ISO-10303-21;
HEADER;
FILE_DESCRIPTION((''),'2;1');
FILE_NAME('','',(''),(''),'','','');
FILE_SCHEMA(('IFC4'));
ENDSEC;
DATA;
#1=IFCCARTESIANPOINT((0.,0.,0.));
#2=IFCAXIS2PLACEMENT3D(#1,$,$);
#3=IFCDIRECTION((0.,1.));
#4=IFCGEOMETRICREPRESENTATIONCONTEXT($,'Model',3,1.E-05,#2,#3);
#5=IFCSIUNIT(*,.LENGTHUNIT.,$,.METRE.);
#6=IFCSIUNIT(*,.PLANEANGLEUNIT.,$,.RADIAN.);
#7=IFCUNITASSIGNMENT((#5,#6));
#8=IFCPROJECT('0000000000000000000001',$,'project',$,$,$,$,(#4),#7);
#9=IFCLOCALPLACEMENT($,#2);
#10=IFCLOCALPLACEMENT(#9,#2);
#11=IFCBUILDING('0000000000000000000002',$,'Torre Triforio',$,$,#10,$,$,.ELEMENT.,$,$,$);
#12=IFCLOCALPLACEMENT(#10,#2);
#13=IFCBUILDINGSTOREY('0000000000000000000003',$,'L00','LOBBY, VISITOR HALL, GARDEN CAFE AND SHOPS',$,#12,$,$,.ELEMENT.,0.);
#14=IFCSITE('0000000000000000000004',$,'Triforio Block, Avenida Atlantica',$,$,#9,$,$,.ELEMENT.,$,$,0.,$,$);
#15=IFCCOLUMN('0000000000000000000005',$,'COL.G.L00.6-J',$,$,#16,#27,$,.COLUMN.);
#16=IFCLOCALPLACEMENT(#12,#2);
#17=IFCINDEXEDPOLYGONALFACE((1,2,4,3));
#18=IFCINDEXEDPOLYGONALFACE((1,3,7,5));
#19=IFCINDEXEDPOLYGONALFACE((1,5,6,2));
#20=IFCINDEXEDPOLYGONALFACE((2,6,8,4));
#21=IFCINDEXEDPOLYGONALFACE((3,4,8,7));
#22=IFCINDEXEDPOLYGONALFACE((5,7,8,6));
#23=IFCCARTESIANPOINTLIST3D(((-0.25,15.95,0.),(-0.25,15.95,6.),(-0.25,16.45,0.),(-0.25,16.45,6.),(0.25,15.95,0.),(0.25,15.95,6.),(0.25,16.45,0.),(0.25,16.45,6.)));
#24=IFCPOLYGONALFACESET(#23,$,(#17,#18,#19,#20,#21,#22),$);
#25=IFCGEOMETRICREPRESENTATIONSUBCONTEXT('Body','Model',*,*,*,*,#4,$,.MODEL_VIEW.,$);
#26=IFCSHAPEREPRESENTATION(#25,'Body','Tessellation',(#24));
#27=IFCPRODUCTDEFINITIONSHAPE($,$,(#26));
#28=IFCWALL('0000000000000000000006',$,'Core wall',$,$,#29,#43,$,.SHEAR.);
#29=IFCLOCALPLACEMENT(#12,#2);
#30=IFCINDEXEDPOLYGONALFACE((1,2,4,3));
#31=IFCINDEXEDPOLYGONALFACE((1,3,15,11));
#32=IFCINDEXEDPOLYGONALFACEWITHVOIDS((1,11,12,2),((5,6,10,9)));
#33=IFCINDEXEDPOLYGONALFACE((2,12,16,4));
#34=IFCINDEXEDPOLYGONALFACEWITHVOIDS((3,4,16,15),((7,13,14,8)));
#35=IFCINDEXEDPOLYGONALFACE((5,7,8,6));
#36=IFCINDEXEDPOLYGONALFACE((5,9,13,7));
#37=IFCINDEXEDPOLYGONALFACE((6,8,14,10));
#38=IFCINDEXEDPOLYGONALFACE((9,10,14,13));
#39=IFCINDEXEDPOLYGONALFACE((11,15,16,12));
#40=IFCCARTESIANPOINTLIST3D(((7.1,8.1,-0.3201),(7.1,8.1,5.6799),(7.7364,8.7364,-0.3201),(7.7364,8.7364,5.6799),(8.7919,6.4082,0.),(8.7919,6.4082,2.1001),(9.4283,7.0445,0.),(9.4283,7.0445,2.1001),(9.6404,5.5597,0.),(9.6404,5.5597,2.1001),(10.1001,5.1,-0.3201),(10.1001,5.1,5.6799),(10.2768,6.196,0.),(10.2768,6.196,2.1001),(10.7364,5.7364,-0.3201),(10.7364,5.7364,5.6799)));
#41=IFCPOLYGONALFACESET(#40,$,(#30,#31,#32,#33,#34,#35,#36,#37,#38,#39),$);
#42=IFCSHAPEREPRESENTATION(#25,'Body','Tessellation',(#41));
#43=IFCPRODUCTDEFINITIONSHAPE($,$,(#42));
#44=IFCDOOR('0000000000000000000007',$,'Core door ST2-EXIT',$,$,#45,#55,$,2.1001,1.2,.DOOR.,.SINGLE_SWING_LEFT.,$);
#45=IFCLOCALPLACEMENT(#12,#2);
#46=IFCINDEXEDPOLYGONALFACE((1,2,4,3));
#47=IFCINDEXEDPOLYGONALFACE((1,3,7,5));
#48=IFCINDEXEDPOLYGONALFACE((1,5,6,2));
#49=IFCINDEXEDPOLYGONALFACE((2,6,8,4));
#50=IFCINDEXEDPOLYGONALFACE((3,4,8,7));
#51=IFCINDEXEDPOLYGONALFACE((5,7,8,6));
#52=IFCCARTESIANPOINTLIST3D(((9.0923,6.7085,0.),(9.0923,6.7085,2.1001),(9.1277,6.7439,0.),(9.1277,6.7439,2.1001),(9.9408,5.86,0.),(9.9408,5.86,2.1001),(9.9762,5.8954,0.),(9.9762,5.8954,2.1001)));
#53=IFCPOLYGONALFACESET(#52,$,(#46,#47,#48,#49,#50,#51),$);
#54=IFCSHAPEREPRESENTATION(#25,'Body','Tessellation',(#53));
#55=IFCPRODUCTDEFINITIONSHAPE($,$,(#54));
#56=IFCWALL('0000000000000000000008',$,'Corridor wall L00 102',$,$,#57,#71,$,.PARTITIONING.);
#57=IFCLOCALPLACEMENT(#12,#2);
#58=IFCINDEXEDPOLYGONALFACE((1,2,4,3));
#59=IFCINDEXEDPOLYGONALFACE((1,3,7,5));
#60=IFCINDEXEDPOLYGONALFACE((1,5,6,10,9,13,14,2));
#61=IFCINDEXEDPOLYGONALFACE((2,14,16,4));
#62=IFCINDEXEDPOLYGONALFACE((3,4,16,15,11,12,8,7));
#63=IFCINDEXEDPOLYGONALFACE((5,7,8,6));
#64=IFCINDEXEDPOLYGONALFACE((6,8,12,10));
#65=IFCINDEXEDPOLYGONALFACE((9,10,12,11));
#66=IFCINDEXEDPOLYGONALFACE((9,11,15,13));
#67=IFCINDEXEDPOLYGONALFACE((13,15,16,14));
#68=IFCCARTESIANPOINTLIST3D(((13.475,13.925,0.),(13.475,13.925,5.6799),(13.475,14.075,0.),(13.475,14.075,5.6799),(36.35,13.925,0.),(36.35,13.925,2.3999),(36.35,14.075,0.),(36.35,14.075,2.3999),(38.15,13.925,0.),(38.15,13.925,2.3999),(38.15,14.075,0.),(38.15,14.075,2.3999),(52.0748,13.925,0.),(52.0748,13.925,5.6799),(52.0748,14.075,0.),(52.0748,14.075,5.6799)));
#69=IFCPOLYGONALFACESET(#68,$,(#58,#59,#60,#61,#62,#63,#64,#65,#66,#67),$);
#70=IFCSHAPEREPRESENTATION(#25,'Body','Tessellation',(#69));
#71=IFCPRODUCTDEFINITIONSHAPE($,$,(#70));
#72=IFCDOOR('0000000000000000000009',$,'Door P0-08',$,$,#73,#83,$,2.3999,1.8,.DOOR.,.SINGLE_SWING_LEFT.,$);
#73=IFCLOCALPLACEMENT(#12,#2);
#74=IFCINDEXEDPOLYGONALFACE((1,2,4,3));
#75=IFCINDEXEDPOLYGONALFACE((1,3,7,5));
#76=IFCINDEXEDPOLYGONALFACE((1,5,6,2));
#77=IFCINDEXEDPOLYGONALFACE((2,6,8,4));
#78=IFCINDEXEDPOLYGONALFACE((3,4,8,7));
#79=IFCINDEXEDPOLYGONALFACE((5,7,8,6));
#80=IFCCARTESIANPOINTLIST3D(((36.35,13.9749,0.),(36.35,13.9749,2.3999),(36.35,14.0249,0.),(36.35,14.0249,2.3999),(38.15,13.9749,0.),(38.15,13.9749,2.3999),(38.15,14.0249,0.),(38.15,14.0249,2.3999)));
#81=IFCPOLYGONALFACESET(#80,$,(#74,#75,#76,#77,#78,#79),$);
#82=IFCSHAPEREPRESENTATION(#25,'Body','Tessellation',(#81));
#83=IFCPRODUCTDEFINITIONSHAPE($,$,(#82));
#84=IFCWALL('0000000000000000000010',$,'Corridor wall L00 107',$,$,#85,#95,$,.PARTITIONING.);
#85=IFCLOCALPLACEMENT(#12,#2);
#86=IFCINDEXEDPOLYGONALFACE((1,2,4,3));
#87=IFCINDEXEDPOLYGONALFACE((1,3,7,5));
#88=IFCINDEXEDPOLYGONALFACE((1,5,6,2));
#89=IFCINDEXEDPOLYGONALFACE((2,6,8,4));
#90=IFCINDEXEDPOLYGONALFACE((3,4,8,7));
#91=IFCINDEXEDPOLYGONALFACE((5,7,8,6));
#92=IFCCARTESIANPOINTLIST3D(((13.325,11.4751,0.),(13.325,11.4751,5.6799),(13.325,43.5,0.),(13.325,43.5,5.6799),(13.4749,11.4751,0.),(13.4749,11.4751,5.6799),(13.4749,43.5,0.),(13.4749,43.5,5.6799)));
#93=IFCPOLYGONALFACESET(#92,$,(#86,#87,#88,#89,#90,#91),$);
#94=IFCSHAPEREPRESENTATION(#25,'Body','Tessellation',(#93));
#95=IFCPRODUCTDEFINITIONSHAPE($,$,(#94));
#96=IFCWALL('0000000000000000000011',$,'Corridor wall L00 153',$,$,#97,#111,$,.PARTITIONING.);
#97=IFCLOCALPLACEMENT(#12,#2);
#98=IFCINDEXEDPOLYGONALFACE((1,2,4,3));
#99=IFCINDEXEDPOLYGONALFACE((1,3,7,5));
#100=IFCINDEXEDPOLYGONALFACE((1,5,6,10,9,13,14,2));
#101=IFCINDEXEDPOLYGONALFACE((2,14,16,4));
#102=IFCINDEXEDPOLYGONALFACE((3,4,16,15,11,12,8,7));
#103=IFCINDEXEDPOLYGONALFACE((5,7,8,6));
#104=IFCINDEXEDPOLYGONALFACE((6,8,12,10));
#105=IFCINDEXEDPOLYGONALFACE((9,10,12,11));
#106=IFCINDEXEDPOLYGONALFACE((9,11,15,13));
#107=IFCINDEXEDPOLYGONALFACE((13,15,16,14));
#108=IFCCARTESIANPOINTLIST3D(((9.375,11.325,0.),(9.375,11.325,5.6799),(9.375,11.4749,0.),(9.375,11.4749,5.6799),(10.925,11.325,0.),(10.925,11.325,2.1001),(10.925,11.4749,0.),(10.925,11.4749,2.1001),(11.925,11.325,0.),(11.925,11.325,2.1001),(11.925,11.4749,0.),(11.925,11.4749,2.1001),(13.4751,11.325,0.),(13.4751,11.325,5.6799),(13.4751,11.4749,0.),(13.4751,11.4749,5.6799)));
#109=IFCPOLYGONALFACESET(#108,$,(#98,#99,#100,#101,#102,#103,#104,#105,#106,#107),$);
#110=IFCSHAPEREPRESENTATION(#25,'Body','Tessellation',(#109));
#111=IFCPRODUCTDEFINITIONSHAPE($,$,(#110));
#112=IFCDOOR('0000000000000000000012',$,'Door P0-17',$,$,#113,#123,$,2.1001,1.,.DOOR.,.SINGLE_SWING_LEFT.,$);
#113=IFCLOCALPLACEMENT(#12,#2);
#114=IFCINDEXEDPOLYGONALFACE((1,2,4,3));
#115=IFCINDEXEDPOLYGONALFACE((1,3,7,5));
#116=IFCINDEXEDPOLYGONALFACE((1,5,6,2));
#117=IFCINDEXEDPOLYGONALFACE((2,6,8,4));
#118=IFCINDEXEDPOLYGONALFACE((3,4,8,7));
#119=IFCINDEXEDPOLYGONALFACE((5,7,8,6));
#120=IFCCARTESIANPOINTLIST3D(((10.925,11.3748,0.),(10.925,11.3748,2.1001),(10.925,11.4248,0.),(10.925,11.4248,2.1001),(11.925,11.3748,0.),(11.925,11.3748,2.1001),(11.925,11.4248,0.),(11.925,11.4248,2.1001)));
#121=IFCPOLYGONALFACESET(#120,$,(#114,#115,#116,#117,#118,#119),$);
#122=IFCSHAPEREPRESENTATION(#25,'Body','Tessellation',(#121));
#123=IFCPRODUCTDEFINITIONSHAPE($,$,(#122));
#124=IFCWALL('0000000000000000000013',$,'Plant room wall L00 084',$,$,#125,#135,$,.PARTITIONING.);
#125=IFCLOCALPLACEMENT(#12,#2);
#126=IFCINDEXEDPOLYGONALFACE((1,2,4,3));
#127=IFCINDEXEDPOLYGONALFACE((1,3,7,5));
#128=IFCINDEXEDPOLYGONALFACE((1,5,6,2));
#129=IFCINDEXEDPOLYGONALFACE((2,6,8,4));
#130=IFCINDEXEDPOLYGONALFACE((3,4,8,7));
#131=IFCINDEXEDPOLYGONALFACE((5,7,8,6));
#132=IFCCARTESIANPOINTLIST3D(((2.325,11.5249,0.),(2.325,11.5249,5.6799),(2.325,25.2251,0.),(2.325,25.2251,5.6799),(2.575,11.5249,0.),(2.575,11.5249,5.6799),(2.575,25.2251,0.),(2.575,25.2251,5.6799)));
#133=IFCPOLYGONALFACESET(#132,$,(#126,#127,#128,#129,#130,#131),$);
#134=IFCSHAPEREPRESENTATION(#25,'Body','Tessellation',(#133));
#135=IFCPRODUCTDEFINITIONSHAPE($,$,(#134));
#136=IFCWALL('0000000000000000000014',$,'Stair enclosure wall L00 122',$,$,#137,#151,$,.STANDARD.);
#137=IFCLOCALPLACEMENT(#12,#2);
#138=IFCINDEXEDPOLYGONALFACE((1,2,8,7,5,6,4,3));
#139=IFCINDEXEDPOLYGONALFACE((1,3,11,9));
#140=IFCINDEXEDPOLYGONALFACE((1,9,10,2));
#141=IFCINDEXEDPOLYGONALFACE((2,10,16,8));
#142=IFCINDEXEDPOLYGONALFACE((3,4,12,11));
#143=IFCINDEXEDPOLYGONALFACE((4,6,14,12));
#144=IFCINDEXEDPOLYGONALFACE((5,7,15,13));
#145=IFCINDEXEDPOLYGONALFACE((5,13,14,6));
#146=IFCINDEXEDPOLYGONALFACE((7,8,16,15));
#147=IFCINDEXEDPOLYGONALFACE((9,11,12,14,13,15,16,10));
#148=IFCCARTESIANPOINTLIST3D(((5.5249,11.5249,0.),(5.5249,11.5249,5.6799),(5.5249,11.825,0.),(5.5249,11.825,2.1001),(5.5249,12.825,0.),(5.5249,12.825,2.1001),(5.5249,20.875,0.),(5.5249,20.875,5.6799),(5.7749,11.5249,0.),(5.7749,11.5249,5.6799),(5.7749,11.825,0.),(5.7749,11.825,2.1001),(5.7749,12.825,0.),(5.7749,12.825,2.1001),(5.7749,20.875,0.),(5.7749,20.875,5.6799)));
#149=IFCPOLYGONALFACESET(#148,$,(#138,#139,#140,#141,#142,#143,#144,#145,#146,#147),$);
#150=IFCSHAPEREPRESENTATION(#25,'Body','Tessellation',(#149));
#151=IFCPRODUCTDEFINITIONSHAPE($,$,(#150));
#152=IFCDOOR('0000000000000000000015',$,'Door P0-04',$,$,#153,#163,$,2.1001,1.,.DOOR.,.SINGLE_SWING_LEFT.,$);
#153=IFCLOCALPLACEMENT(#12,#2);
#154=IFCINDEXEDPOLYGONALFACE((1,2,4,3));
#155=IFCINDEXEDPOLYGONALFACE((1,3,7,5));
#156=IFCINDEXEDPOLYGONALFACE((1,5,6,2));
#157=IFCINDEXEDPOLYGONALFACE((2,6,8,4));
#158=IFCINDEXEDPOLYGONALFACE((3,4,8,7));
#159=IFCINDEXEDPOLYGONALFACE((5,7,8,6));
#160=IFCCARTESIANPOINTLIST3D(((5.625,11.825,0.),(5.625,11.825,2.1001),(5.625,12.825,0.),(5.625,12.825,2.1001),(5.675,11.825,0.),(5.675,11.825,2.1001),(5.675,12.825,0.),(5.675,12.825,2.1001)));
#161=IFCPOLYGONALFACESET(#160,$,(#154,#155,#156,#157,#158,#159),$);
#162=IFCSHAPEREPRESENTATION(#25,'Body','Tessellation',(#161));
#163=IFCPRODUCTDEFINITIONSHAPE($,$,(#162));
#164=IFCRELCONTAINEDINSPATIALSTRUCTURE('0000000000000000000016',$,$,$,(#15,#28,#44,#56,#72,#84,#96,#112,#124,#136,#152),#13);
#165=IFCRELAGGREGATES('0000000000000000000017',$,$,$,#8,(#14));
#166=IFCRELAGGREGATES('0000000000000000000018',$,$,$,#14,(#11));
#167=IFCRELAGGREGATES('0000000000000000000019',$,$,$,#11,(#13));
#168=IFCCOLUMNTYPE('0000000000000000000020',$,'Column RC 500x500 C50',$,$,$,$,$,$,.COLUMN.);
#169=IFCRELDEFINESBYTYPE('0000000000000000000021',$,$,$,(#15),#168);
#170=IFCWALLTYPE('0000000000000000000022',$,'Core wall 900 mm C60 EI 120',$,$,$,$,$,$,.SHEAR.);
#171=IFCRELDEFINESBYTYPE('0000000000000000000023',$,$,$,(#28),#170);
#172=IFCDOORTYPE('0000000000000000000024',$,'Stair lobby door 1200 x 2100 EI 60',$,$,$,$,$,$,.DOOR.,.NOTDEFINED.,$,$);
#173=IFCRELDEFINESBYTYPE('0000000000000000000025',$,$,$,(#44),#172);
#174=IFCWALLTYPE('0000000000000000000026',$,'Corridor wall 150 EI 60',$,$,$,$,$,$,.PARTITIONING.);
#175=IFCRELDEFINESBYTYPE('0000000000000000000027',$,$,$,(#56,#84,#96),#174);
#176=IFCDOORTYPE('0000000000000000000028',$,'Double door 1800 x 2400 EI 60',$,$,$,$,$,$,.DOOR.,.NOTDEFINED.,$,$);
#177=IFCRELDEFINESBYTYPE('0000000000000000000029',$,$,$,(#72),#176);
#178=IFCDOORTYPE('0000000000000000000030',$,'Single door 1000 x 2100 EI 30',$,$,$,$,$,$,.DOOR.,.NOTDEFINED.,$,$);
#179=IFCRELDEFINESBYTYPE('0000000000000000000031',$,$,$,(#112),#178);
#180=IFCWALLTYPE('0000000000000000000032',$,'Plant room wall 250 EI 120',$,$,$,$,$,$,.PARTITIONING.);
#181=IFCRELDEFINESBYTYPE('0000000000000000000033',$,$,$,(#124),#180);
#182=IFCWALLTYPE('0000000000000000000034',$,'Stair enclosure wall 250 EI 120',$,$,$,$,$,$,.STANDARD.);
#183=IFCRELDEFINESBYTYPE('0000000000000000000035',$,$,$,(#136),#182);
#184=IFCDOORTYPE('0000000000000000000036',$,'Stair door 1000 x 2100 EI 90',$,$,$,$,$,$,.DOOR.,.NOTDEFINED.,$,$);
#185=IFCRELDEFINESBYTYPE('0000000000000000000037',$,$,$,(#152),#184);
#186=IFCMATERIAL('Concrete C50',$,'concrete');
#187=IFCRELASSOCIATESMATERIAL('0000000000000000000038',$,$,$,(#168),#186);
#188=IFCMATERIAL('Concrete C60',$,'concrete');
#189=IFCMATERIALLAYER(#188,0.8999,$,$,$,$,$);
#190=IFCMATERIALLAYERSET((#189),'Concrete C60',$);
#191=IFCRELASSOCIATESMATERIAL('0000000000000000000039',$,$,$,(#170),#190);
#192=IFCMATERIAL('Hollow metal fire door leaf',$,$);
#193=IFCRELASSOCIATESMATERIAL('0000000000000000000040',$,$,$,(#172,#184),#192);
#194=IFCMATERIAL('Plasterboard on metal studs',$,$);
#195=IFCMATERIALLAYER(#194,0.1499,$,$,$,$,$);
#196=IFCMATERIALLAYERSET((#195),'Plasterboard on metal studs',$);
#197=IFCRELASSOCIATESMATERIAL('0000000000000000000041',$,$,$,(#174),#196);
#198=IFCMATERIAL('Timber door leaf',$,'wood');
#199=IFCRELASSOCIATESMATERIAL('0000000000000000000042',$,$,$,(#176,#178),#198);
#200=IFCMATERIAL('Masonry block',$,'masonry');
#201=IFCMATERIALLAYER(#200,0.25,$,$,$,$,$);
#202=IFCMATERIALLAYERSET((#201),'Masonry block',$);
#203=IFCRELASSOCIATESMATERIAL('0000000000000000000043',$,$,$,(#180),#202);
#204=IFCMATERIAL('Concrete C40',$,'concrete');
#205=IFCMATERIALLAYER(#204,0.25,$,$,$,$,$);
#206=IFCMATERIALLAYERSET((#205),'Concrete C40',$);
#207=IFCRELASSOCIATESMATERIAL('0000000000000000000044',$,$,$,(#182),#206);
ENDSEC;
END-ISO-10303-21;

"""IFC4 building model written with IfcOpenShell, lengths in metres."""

from ifc_helpers import new_model, si_unit, direction, frame, frame_2d, origin, origin_2d, place, context, subcontext, project, spatial, rectangle, extrude, material, layer, layer_set, material_profile, profile_set, type_object, element, fill, save


model = new_model("IFC4")

# Units and contexts
model_context = context("Model", 3, precision=1e-05, world=origin(), true_north=direction((0.0, 1.0)))
body_context = subcontext(model_context, "Body", "Model", "MODEL_VIEW")
ifc_project = project(units=[si_unit("LENGTHUNIT", "METRE"), si_unit("PLANEANGLEUNIT", "RADIAN")], contexts=[model_context])

# Site, building, storey
site_placement = place(None, origin())
site = spatial("IfcSite", under=ifc_project, at=site_placement, Name="Triforio Block, Avenida Atlantica", CompositionType="ELEMENT", RefElevation=0.0)
building_placement = place(site_placement, origin())
building = spatial("IfcBuilding", under=site, at=building_placement, Name="Torre Triforio", CompositionType="ELEMENT")
storey_placement = place(building_placement, origin())
storey = spatial("IfcBuildingStorey", under=building, at=storey_placement, Name="L00", Description="LOBBY, VISITOR HALL, GARDEN CAFE AND SHOPS", CompositionType="ELEMENT", Elevation=0.0)

# Column
ifc_material_1 = material(Name="Concrete C50", Category="concrete")
ifc_material_profile = material_profile(ifc_material_1, rectangle(XDim=0.5, YDim=0.5, at=origin_2d()), Name="RC 500x500")
ifc_profile_set = profile_set([ifc_material_profile], Name="Concrete C50")
column_type = type_object("IfcColumnType", Name="Column RC 500x500 C50", PredefinedType="COLUMN", material=ifc_profile_set)
column_placement = place(storey_placement, frame((0.0, 16.2, 0.0), z_axis=(0.0, 0.0, 1.0), x_axis=(1.0, 0.0, 0.0)))
element("IfcColumn", 1, at=column_placement, inside=storey, type_object=column_type, Name="COL.G.L00.6-J", PredefinedType="COLUMN", context=body_context, shape_type="SweptSolid", body=[
    extrude(rectangle(XDim=0.5, YDim=0.5, at=origin_2d()), origin(), (0.0, 0.0, 1.0), 6.0),
])

# Walls, openings, doors
ifc_material_2 = material(Name="Concrete C60", Category="concrete")
ifc_layer_1 = layer(ifc_material_2, 0.8999)
ifc_layer_set_1 = layer_set([ifc_layer_1], Name="Concrete C60")
wall_type_1 = type_object("IfcWallType", Name="Core wall 900 mm C60 EI 120", PredefinedType="SHEAR", material=ifc_layer_set_1)
wall_1_placement = place(storey_placement, frame((7.4182, 8.4182, -0.3201), z_axis=(0.0, 0.0, 1.0), x_axis=(0.707107, -0.707107, 0.0)))
wall_1 = element("IfcWall", 2, at=wall_1_placement, inside=storey, type_object=wall_type_1, Name="Core wall", PredefinedType="SHEAR", context=body_context, shape_type="SweptSolid", body=[
    extrude(rectangle(XDim=4.2427, YDim=0.8999, at=frame_2d((2.1213, 0.0))), origin(), (0.0, 0.0, 1.0), 6.0),
])
opening_1_placement = place(wall_1_placement, frame((2.3926, 0.0, 0.3201)))
opening_1 = element("IfcOpeningElement", 3, at=opening_1_placement, cuts=wall_1, PredefinedType="OPENING", context=body_context, shape_type="SweptSolid", body=[
    extrude(rectangle(XDim=1.2, YDim=2.1001, at=frame_2d((0.6001, 1.05))), frame((0.0, 0.46, 0.0), z_axis=(0.0, -1.0, 0.0), x_axis=(1.0, 0.0, 0.0)), (0.0, 0.0, 1.0), 0.9199),
])
ifc_material_3 = material(Name="Hollow metal fire door leaf")
door_type_1 = type_object("IfcDoorType", Name="Stair lobby door 1200 x 2100 EI 60", OperationType="NOTDEFINED", PredefinedType="DOOR", material=ifc_material_3)
door_1_placement = place(opening_1_placement, origin())
door_1 = element("IfcDoor", 4, at=door_1_placement, inside=storey, type_object=door_type_1, Name="Core door ST2-EXIT", OperationType="SINGLE_SWING_LEFT", OverallHeight=2.1001, OverallWidth=1.2, PredefinedType="DOOR", context=body_context, shape_type="SweptSolid", body=[
    extrude(rectangle(XDim=1.2, YDim=2.1001, at=frame_2d((0.6001, 1.05))), frame((0.0, 0.0249, 0.0), z_axis=(0.0, -1.0, 0.0), x_axis=(1.0, 0.0, 0.0)), (0.0, 0.0, 1.0), 0.05),
])
fill(opening_1, door_1)
ifc_material_4 = material(Name="Plasterboard on metal studs")
ifc_layer_2 = layer(ifc_material_4, 0.1499)
ifc_layer_set_2 = layer_set([ifc_layer_2], Name="Plasterboard on metal studs")
wall_type_2 = type_object("IfcWallType", Name="Corridor wall 150 EI 60", PredefinedType="PARTITIONING", material=ifc_layer_set_2)
wall_2_placement = place(storey_placement, frame((13.4751, 14.0, 0.0), z_axis=(0.0, 0.0, 1.0), x_axis=(1.0, 0.0, 0.0)))
wall_2 = element("IfcWall", 5, at=wall_2_placement, inside=storey, type_object=wall_type_2, Name="Corridor wall L00 102", PredefinedType="PARTITIONING", context=body_context, shape_type="SweptSolid", body=[
    extrude(rectangle(XDim=38.5999, YDim=0.1499, at=frame_2d((19.2998, 0.0))), origin(), (0.0, 0.0, 1.0), 5.6799),
])
opening_2_placement = place(wall_2_placement, frame((22.875, 0.0, 0.0)))
opening_2 = element("IfcOpeningElement", 6, at=opening_2_placement, cuts=wall_2, PredefinedType="OPENING", context=body_context, shape_type="SweptSolid", body=[
    extrude(rectangle(XDim=1.8, YDim=2.3999, at=frame_2d((0.8999, 1.2))), frame((0.0, 0.085, 0.0), z_axis=(0.0, -1.0, 0.0), x_axis=(1.0, 0.0, 0.0)), (0.0, 0.0, 1.0), 0.1699),
])
ifc_material_5 = material(Name="Timber door leaf", Category="wood")
door_type_2 = type_object("IfcDoorType", Name="Double door 1800 x 2400 EI 60", OperationType="NOTDEFINED", PredefinedType="DOOR", material=ifc_material_5)
door_2_placement = place(opening_2_placement, origin())
door_2 = element("IfcDoor", 7, at=door_2_placement, inside=storey, type_object=door_type_2, Name="Door P0-08", OperationType="SINGLE_SWING_LEFT", OverallHeight=2.3999, OverallWidth=1.8, PredefinedType="DOOR", context=body_context, shape_type="SweptSolid", body=[
    extrude(rectangle(XDim=1.8, YDim=2.3999, at=frame_2d((0.8999, 1.2))), frame((0.0, 0.0249, 0.0), z_axis=(0.0, -1.0, 0.0), x_axis=(1.0, 0.0, 0.0)), (0.0, 0.0, 1.0), 0.05),
])
fill(opening_2, door_2)

# Wall
wall_3_placement = place(storey_placement, frame((13.3999, 11.4751, 0.0), z_axis=(0.0, 0.0, 1.0), x_axis=(0.0, 1.0, 0.0)))
element("IfcWall", 8, at=wall_3_placement, inside=storey, type_object=wall_type_2, Name="Corridor wall L00 107", PredefinedType="PARTITIONING", context=body_context, shape_type="SweptSolid", body=[
    extrude(rectangle(XDim=32.0249, YDim=0.1499, at=frame_2d((16.0125, 0.0))), origin(), (0.0, 0.0, 1.0), 5.6799),
])

# Wall, opening, door
wall_4_placement = place(storey_placement, frame((9.375, 11.3999, 0.0), z_axis=(0.0, 0.0, 1.0), x_axis=(1.0, 0.0, 0.0)))
wall_4 = element("IfcWall", 9, at=wall_4_placement, inside=storey, type_object=wall_type_2, Name="Corridor wall L00 153", PredefinedType="PARTITIONING", context=body_context, shape_type="SweptSolid", body=[
    extrude(rectangle(XDim=4.1001, YDim=0.1499, at=frame_2d((2.05, 0.0))), origin(), (0.0, 0.0, 1.0), 5.6799),
])
opening_3_placement = place(wall_4_placement, frame((1.55, 0.0, 0.0)))
opening_3 = element("IfcOpeningElement", 10, at=opening_3_placement, cuts=wall_4, PredefinedType="OPENING", context=body_context, shape_type="SweptSolid", body=[
    extrude(rectangle(XDim=1.0, YDim=2.1001, at=frame_2d((0.5, 1.05))), frame((0.0, 0.085, 0.0), z_axis=(0.0, -1.0, 0.0), x_axis=(1.0, 0.0, 0.0)), (0.0, 0.0, 1.0), 0.1699),
])
door_type_3 = type_object("IfcDoorType", Name="Single door 1000 x 2100 EI 30", OperationType="NOTDEFINED", PredefinedType="DOOR", material=ifc_material_5)
door_3_placement = place(opening_3_placement, origin())
door_3 = element("IfcDoor", 11, at=door_3_placement, inside=storey, type_object=door_type_3, Name="Door P0-17", OperationType="SINGLE_SWING_LEFT", OverallHeight=2.1001, OverallWidth=1.0, PredefinedType="DOOR", context=body_context, shape_type="SweptSolid", body=[
    extrude(rectangle(XDim=1.0, YDim=2.1001, at=frame_2d((0.5, 1.05))), frame((0.0, 0.0249, 0.0), z_axis=(0.0, -1.0, 0.0), x_axis=(1.0, 0.0, 0.0)), (0.0, 0.0, 1.0), 0.05),
])
fill(opening_3, door_3)

# Wall
ifc_material_6 = material(Name="Masonry block", Category="masonry")
ifc_layer_3 = layer(ifc_material_6, 0.25)
ifc_layer_set_3 = layer_set([ifc_layer_3], Name="Masonry block")
wall_type_3 = type_object("IfcWallType", Name="Plant room wall 250 EI 120", PredefinedType="PARTITIONING", material=ifc_layer_set_3)
wall_5_placement = place(storey_placement, frame((2.45, 11.5249, 0.0), z_axis=(0.0, 0.0, 1.0), x_axis=(0.0, 1.0, 0.0)))
element("IfcWall", 12, at=wall_5_placement, inside=storey, type_object=wall_type_3, Name="Plant room wall L00 084", PredefinedType="PARTITIONING", context=body_context, shape_type="SweptSolid", body=[
    extrude(rectangle(XDim=13.7002, YDim=0.25, at=frame_2d((6.8501, 0.0))), origin(), (0.0, 0.0, 1.0), 5.6799),
])

# Wall, opening, door
ifc_material_7 = material(Name="Concrete C40", Category="concrete")
ifc_layer_4 = layer(ifc_material_7, 0.25)
ifc_layer_set_4 = layer_set([ifc_layer_4], Name="Concrete C40")
wall_type_4 = type_object("IfcWallType", Name="Stair enclosure wall 250 EI 120", PredefinedType="STANDARD", material=ifc_layer_set_4)
wall_6_placement = place(storey_placement, frame((5.6499, 11.5249, 0.0), z_axis=(0.0, 0.0, 1.0), x_axis=(0.0, 1.0, 0.0)))
wall_6 = element("IfcWall", 13, at=wall_6_placement, inside=storey, type_object=wall_type_4, Name="Stair enclosure wall L00 122", PredefinedType="STANDARD", context=body_context, shape_type="SweptSolid", body=[
    extrude(rectangle(XDim=9.3501, YDim=0.25, at=frame_2d((4.675, 0.0))), origin(), (0.0, 0.0, 1.0), 5.6799),
])
opening_4_placement = place(wall_6_placement, frame((0.3, 0.0, 0.0)))
opening_4 = element("IfcOpeningElement", 14, at=opening_4_placement, cuts=wall_6, PredefinedType="OPENING", context=body_context, shape_type="SweptSolid", body=[
    extrude(rectangle(XDim=1.0, YDim=2.1001, at=frame_2d((0.5, 1.05))), frame((0.0, 0.135, 0.0), z_axis=(0.0, -1.0, 0.0), x_axis=(1.0, 0.0, 0.0)), (0.0, 0.0, 1.0), 0.27),
])
door_type_4 = type_object("IfcDoorType", Name="Stair door 1000 x 2100 EI 90", OperationType="NOTDEFINED", PredefinedType="DOOR", material=ifc_material_3)
door_4_placement = place(opening_4_placement, origin())
door_4 = element("IfcDoor", 15, at=door_4_placement, inside=storey, type_object=door_type_4, Name="Door P0-04", OperationType="SINGLE_SWING_LEFT", OverallHeight=2.1001, OverallWidth=1.0, PredefinedType="DOOR", context=body_context, shape_type="SweptSolid", body=[
    extrude(rectangle(XDim=1.0, YDim=2.1001, at=frame_2d((0.5, 1.05))), frame((0.0, 0.0249, 0.0), z_axis=(0.0, -1.0, 0.0), x_axis=(1.0, 0.0, 0.0)), (0.0, 0.0, 1.0), 0.05),
])
fill(opening_4, door_4)

save(model, "model.ifc")
